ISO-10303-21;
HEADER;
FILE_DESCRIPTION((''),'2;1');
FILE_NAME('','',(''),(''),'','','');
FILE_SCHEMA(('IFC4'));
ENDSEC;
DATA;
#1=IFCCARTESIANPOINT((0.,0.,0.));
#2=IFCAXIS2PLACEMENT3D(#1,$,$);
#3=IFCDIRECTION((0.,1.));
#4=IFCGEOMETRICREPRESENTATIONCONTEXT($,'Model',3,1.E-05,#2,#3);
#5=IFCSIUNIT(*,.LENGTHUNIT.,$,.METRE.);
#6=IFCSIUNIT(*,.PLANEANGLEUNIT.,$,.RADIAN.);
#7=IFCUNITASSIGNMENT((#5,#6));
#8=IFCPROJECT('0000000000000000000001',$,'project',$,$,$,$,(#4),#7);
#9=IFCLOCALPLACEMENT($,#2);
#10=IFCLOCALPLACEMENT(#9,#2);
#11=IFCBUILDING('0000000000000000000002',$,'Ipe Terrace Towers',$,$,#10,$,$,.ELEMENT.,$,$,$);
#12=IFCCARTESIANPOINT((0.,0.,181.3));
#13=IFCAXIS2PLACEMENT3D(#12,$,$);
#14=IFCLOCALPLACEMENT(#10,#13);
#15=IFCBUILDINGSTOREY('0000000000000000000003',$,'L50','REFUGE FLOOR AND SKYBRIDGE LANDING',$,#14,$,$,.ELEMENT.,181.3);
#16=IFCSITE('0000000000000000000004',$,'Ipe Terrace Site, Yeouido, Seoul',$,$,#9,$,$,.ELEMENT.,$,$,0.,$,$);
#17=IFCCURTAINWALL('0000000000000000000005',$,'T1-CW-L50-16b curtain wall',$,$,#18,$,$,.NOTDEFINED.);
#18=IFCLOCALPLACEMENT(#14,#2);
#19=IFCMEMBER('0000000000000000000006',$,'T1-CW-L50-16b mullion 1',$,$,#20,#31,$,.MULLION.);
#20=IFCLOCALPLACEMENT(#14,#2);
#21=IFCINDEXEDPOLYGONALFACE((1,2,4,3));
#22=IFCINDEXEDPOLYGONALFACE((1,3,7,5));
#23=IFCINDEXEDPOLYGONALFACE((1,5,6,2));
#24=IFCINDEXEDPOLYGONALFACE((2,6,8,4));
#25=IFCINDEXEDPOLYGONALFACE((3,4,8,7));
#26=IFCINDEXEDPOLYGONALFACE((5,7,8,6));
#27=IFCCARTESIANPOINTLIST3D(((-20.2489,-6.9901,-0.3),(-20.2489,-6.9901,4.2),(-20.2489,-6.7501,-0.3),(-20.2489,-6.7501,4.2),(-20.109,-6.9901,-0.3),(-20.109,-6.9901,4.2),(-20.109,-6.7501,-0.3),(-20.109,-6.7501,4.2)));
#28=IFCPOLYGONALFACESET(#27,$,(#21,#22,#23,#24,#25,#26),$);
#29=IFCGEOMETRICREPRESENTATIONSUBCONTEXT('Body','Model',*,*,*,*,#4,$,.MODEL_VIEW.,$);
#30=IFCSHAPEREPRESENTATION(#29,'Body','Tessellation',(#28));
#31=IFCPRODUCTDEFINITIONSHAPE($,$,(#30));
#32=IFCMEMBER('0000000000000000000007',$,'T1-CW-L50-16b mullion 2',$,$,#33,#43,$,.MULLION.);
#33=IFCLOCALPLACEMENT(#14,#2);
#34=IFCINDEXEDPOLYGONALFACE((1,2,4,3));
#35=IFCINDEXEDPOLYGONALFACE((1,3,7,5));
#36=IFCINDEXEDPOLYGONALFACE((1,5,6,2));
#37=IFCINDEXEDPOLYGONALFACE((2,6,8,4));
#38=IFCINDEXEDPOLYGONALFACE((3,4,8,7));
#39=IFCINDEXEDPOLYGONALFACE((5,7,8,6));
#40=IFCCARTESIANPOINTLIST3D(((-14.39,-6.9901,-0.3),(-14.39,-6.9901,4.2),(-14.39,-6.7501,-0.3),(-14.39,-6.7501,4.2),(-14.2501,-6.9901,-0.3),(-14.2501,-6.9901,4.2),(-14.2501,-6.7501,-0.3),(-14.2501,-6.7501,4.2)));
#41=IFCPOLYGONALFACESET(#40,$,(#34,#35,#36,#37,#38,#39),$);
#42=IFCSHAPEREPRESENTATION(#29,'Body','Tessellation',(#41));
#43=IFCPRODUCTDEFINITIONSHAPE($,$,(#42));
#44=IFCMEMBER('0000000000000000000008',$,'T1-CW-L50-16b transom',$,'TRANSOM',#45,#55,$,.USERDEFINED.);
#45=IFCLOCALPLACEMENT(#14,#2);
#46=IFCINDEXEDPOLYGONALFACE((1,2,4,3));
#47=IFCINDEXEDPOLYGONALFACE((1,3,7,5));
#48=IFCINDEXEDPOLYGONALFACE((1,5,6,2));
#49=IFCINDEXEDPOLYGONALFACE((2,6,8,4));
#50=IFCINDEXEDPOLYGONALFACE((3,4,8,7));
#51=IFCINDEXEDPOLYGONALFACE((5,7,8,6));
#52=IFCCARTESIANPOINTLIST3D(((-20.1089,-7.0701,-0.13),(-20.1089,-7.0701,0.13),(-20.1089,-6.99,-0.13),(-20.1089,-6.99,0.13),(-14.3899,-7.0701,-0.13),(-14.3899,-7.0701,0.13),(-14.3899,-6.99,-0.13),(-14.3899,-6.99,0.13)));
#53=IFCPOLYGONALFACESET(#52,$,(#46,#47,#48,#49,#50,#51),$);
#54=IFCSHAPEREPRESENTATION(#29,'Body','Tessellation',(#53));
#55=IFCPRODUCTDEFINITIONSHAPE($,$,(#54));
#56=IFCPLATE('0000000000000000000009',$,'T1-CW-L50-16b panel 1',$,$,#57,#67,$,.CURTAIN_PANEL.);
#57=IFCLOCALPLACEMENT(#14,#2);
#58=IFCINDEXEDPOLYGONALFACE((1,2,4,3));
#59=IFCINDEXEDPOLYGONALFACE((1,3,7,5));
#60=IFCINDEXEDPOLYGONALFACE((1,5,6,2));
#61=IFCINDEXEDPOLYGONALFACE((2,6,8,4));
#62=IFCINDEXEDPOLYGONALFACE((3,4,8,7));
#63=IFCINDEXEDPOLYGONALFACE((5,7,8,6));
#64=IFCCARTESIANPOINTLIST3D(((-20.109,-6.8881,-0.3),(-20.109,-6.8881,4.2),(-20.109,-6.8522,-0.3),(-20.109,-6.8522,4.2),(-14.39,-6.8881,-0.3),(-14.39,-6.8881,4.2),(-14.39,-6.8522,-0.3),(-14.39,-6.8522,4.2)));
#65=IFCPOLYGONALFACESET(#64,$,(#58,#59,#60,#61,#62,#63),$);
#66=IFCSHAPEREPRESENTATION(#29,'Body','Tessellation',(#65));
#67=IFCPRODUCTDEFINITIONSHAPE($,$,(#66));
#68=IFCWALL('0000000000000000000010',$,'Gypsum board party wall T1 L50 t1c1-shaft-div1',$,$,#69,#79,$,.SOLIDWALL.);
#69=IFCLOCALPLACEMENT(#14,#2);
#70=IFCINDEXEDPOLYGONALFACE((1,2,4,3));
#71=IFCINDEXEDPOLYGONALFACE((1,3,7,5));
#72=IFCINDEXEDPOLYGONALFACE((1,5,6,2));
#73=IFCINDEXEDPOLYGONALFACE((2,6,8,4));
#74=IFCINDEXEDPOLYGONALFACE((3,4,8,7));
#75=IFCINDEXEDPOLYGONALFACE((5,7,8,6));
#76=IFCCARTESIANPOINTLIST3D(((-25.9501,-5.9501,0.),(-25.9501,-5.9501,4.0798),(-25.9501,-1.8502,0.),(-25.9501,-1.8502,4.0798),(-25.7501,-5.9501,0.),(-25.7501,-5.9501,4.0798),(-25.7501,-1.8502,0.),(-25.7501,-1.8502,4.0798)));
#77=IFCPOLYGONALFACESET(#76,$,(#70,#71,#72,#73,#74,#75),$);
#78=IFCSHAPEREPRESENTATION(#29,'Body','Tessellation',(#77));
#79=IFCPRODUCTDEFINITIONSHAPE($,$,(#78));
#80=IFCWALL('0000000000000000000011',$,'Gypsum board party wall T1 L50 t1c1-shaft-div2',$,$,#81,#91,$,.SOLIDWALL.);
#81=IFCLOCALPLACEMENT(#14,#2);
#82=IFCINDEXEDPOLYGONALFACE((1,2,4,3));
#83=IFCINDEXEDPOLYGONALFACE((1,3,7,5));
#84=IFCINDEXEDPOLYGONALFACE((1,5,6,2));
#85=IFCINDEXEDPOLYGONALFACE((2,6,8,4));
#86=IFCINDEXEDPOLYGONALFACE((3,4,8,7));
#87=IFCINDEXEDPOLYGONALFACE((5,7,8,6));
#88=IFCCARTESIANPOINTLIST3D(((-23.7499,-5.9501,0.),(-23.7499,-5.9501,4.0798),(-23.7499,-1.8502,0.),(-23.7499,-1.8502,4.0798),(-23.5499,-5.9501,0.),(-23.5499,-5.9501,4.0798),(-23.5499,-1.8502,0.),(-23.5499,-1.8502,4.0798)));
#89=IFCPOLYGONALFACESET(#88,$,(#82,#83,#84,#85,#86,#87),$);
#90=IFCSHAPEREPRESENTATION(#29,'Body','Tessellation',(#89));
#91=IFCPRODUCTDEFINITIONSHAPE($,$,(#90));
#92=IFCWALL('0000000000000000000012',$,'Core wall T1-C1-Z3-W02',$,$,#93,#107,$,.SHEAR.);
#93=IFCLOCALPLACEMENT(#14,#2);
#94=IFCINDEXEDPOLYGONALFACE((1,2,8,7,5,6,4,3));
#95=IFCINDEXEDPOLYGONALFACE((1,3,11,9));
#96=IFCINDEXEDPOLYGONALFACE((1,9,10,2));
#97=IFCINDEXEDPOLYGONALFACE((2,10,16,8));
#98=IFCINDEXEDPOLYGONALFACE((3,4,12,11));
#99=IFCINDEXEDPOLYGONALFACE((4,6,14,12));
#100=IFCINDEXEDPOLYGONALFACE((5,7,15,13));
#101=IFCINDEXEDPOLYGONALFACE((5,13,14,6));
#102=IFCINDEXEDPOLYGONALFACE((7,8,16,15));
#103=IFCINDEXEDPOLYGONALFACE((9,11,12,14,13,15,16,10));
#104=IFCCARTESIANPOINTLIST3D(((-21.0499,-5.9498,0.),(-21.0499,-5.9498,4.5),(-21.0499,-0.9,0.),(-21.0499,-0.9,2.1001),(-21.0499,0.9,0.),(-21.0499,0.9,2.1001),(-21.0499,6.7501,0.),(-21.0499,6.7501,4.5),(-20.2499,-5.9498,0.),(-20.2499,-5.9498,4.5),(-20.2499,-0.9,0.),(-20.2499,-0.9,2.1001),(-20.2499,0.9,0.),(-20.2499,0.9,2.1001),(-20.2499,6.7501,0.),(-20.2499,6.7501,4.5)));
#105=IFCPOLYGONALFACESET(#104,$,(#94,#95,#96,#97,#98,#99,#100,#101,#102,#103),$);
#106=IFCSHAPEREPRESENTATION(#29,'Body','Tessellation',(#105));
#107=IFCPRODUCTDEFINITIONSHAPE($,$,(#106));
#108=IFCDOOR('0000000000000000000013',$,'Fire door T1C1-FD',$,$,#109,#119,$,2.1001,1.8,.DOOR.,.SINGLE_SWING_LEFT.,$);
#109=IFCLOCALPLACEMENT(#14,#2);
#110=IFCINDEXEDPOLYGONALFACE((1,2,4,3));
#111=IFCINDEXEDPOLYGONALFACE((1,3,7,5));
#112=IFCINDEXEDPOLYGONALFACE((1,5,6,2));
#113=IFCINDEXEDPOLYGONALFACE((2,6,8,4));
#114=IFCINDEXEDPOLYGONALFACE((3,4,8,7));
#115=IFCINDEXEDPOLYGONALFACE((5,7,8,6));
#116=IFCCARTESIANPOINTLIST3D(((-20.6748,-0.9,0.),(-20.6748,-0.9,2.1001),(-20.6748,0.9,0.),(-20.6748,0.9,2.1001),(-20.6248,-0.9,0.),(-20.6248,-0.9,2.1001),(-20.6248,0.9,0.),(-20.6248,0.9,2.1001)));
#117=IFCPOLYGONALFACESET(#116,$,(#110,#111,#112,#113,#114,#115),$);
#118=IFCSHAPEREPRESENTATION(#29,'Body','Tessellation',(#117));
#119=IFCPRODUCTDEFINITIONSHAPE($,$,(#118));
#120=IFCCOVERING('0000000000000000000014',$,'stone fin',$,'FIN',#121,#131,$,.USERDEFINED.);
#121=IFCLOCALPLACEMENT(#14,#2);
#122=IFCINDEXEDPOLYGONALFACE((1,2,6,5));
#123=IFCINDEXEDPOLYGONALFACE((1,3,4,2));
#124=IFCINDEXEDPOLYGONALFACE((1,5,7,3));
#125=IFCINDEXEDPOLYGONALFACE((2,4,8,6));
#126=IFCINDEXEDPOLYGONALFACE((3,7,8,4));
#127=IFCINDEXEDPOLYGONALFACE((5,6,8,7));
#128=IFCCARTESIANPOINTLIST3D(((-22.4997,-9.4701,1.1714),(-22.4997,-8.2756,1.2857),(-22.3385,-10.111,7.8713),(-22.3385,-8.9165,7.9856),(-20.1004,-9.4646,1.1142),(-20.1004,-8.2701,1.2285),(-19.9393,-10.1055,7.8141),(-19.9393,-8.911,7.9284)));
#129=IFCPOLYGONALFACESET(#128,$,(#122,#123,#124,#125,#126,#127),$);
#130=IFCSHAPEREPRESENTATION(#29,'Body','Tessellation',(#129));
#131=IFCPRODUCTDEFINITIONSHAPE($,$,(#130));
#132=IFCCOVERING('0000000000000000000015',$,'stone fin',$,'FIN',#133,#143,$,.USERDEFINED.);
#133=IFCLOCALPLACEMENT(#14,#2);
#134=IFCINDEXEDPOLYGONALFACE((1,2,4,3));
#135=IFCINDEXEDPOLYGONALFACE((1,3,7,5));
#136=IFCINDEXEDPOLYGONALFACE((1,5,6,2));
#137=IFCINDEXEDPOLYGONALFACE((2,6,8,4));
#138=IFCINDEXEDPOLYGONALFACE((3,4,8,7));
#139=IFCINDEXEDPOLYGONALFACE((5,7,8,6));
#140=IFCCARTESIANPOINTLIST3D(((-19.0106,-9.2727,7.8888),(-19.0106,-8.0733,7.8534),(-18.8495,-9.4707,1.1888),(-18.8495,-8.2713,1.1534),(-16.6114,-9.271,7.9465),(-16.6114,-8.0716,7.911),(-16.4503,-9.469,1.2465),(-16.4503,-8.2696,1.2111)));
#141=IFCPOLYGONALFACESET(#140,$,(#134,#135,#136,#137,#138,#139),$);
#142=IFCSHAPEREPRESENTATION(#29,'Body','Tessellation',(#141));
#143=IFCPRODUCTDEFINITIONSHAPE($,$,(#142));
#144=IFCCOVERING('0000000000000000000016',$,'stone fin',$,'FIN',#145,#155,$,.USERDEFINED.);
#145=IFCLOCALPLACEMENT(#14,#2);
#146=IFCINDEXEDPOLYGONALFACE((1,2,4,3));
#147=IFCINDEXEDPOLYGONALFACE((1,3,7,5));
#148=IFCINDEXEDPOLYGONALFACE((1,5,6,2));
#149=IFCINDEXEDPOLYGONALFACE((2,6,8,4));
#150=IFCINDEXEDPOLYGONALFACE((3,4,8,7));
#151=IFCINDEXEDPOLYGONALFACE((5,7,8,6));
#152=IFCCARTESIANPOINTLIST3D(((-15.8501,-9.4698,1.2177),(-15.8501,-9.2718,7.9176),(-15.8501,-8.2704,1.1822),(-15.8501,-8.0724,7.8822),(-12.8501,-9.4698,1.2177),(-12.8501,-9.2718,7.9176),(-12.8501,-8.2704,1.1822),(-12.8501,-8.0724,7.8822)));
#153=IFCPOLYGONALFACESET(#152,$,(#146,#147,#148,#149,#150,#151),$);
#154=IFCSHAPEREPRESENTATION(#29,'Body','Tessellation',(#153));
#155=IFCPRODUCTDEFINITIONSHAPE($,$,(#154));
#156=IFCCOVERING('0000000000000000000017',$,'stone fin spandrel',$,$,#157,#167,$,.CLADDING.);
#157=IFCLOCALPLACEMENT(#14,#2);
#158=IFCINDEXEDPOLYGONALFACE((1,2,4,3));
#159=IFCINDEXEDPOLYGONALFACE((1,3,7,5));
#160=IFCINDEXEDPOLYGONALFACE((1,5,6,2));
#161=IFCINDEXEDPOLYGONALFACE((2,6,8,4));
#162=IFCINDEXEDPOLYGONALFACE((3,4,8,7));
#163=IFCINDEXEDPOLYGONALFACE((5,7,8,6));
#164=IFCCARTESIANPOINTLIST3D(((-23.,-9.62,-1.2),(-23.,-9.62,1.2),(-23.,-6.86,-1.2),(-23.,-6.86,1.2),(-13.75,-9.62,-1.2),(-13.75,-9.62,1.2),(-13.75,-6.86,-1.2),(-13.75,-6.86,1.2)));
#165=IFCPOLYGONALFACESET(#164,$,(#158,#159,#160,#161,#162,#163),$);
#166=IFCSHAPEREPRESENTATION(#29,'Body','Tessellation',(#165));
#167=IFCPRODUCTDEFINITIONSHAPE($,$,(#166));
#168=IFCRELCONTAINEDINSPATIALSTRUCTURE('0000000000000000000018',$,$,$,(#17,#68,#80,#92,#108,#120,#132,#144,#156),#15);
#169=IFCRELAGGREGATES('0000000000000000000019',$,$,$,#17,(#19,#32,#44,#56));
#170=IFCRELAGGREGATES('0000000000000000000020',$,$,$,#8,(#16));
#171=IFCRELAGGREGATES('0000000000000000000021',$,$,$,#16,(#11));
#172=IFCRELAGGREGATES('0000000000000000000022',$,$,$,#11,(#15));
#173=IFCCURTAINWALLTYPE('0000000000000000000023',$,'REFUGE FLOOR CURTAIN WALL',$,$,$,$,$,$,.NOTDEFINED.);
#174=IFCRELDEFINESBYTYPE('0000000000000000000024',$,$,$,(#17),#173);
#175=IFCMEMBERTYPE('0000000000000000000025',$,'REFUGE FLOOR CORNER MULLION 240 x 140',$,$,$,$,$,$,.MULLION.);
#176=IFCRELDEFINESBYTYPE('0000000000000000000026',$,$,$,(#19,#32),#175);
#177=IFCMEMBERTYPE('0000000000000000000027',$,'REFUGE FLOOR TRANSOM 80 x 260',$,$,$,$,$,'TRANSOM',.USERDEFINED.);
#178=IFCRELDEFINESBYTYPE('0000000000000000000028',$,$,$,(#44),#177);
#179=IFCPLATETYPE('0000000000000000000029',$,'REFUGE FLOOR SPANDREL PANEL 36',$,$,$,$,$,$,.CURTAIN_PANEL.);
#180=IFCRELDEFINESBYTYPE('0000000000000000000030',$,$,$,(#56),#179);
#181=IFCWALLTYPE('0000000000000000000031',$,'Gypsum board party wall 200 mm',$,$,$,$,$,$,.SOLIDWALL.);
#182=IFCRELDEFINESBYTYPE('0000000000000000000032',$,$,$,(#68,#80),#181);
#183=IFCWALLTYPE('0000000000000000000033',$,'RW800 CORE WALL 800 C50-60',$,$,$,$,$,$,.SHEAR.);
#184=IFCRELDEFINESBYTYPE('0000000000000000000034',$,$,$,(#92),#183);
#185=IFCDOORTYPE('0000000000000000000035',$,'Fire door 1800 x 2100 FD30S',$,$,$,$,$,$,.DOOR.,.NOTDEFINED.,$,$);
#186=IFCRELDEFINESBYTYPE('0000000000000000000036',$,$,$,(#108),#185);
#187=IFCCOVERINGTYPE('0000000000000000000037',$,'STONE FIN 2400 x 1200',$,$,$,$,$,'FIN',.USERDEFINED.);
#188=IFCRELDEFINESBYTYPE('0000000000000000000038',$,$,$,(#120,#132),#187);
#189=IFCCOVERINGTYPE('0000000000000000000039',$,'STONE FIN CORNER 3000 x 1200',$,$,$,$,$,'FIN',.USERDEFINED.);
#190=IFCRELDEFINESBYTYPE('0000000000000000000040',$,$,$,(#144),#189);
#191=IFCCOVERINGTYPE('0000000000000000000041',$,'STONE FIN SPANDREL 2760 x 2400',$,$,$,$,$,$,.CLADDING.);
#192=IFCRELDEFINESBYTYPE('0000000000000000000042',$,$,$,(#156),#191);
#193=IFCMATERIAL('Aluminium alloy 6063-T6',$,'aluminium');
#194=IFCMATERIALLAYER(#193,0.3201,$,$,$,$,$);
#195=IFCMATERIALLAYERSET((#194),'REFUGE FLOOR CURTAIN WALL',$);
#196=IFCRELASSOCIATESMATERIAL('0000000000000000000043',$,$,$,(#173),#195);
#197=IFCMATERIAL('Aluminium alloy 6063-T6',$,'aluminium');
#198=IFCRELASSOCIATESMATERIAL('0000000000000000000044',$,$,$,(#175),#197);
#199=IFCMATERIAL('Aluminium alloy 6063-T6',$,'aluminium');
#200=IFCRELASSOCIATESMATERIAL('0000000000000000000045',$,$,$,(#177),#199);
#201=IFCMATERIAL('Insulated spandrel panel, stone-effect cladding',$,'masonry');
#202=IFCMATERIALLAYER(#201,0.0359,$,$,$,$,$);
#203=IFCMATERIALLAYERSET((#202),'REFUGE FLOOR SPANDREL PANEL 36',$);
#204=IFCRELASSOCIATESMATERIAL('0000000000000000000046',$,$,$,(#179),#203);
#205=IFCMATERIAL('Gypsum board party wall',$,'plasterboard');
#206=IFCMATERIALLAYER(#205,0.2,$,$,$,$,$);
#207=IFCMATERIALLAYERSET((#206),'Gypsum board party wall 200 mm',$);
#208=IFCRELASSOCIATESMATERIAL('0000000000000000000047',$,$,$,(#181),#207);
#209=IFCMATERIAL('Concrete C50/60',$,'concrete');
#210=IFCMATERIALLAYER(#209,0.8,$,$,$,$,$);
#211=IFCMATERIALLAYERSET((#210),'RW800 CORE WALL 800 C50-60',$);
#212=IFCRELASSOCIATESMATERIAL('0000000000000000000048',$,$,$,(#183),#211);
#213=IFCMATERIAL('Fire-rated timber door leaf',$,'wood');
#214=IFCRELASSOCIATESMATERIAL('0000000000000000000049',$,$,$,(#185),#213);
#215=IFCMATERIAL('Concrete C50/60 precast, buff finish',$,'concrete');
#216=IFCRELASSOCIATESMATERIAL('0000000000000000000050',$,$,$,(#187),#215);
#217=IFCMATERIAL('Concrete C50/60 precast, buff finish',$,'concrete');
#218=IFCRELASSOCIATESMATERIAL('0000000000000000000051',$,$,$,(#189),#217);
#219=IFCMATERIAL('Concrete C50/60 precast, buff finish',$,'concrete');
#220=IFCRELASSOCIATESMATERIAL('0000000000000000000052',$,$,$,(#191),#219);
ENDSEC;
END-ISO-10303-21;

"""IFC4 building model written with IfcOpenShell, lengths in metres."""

from ifc_helpers import new_model, si_unit, direction, frame, frame_2d, origin, origin_2d, place, context, subcontext, project, spatial, rectangle, extrude, material, layer, layer_set, material_profile, profile_set, type_object, element, fill, aggregate, save


model = new_model("IFC4")

# Units and contexts
model_context = context("Model", 3, precision=1e-05, world=origin(), true_north=direction((0.0, 1.0)))
body_context = subcontext(model_context, "Body", "Model", "MODEL_VIEW")
ifc_project = project(units=[si_unit("LENGTHUNIT", "METRE"), si_unit("PLANEANGLEUNIT", "RADIAN")], contexts=[model_context])

# Site, building, storey
site_placement = place(None, origin())
site = spatial("IfcSite", under=ifc_project, at=site_placement, Name="Ipe Terrace Site, Yeouido, Seoul", CompositionType="ELEMENT", RefElevation=0.0)
building_placement = place(site_placement, origin())
building = spatial("IfcBuilding", under=site, at=building_placement, Name="Ipe Terrace Towers", CompositionType="ELEMENT")
storey_placement = place(building_placement, frame((0.0, 0.0, 181.3)))
storey = spatial("IfcBuildingStorey", under=building, at=storey_placement, Name="L50", Description="REFUGE FLOOR AND SKYBRIDGE LANDING", CompositionType="ELEMENT", Elevation=181.3)

# Curtain wall, members, plate
ifc_material_1 = material(Name="Aluminium alloy 6063-T6", Category="aluminium")
ifc_layer_1 = layer(ifc_material_1, 0.3201)
ifc_layer_set_1 = layer_set([ifc_layer_1], Name="REFUGE FLOOR CURTAIN WALL")
curtain_wall_type = type_object("IfcCurtainWallType", Name="REFUGE FLOOR CURTAIN WALL", PredefinedType="NOTDEFINED", material=ifc_layer_set_1)
curtain_wall_placement = place(storey_placement, origin())
curtain_wall = element("IfcCurtainWall", 1, at=curtain_wall_placement, inside=storey, type_object=curtain_wall_type, Name="T1-CW-L50-16b curtain wall", PredefinedType="NOTDEFINED")
ifc_material_2 = material(Name="Aluminium alloy 6063-T6", Category="aluminium")
ifc_material_profile_1 = material_profile(ifc_material_2, rectangle(XDim=0.24, YDim=0.1399, at=origin_2d()), Name="REFUGE FLOOR CORNER MULLION 240 x 140")
ifc_profile_set_1 = profile_set([ifc_material_profile_1], Name="Aluminium alloy 6063-T6")
member_type_1 = type_object("IfcMemberType", Name="REFUGE FLOOR CORNER MULLION 240 x 140", PredefinedType="MULLION", material=ifc_profile_set_1)
member_1_placement = place(storey_placement, frame((-20.179, -6.8701, -0.3), z_axis=(0.0, 0.0, 1.0), x_axis=(0.0, -1.0, 0.0)))
member_1 = element("IfcMember", 2, at=member_1_placement, type_object=member_type_1, Name="T1-CW-L50-16b mullion 1", PredefinedType="MULLION", context=body_context, shape_type="SweptSolid", body=[
    extrude(rectangle(XDim=0.24, YDim=0.1399, at=origin_2d()), origin(), (0.0, 0.0, 1.0), 4.5),
])
member_2_placement = place(storey_placement, frame((-14.3201, -6.8701, -0.3), z_axis=(0.0, 0.0, 1.0), x_axis=(0.0, -1.0, 0.0)))
member_2 = element("IfcMember", 3, at=member_2_placement, type_object=member_type_1, Name="T1-CW-L50-16b mullion 2", PredefinedType="MULLION", context=body_context, shape_type="SweptSolid", body=[
    extrude(rectangle(XDim=0.24, YDim=0.1399, at=origin_2d()), origin(), (0.0, 0.0, 1.0), 4.5),
])
ifc_material_3 = material(Name="Aluminium alloy 6063-T6", Category="aluminium")
ifc_material_profile_2 = material_profile(ifc_material_3, rectangle(XDim=0.0801, YDim=0.26, at=origin_2d()), Name="REFUGE FLOOR TRANSOM 80 x 260")
ifc_profile_set_2 = profile_set([ifc_material_profile_2], Name="Aluminium alloy 6063-T6")
member_type_2 = type_object("IfcMemberType", Name="REFUGE FLOOR TRANSOM 80 x 260", ElementType="TRANSOM", PredefinedType="USERDEFINED", material=ifc_profile_set_2)
member_3_placement = place(storey_placement, frame((-20.1089, -7.03, 0.0), z_axis=(1.0, 0.0, 0.0), x_axis=(0.0, -1.0, 0.0)))
member_3 = element("IfcMember", 4, at=member_3_placement, type_object=member_type_2, Name="T1-CW-L50-16b transom", ObjectType="TRANSOM", PredefinedType="USERDEFINED", context=body_context, shape_type="SweptSolid", body=[
    extrude(rectangle(XDim=0.0801, YDim=0.26, at=origin_2d()), origin(), (0.0, 0.0, 1.0), 5.719),
])
ifc_material_4 = material(Name="Insulated spandrel panel, stone-effect cladding", Category="masonry")
ifc_layer_2 = layer(ifc_material_4, 0.0359)
ifc_layer_set_2 = layer_set([ifc_layer_2], Name="REFUGE FLOOR SPANDREL PANEL 36")
plate_type = type_object("IfcPlateType", Name="REFUGE FLOOR SPANDREL PANEL 36", PredefinedType="CURTAIN_PANEL", material=ifc_layer_set_2)
plate_placement = place(storey_placement, frame((-17.2495, -6.8701, -0.3), z_axis=(0.0, 0.0, 1.0), x_axis=(1.0, 0.0, 0.0)))
plate = element("IfcPlate", 5, at=plate_placement, type_object=plate_type, Name="T1-CW-L50-16b panel 1", PredefinedType="CURTAIN_PANEL", context=body_context, shape_type="SweptSolid", body=[
    extrude(rectangle(XDim=5.719, YDim=0.0359, at=origin_2d()), origin(), (0.0, 0.0, 1.0), 4.5),
])
aggregate(curtain_wall, [member_1, member_2, member_3, plate])

# Walls
ifc_material_5 = material(Name="Gypsum board party wall", Category="plasterboard")
ifc_layer_3 = layer(ifc_material_5, 0.2)
ifc_layer_set_3 = layer_set([ifc_layer_3], Name="Gypsum board party wall 200 mm")
wall_type_1 = type_object("IfcWallType", Name="Gypsum board party wall 200 mm", PredefinedType="SOLIDWALL", material=ifc_layer_set_3)
for number, where, z_axis, x_axis, name in (
    (6, (-25.8501, -5.95, 0.0), (0.0, 0.0, 1.0), (0.0, 1.0, 0.0), "Gypsum board party wall T1 L50 t1c1-shaft-div1"),
    (7, (-23.6499, -5.95, 0.0), (0.0, 0.0, 1.0), (0.0, 1.0, 0.0), "Gypsum board party wall T1 L50 t1c1-shaft-div2"),
):
    element("IfcWall", number, at=place(storey_placement, frame(where, z_axis=z_axis, x_axis=x_axis)), inside=storey, type_object=wall_type_1, Name=name, PredefinedType="SOLIDWALL", context=body_context, shape_type="SweptSolid", body=[
        extrude(rectangle(XDim=4.0999, YDim=0.2, at=frame_2d((2.0498, 0.0))), origin(), (0.0, 0.0, 1.0), 4.0798),
    ])

# Wall, opening, door
ifc_material_6 = material(Name="Concrete C50/60", Category="concrete")
ifc_layer_4 = layer(ifc_material_6, 0.8)
ifc_layer_set_4 = layer_set([ifc_layer_4], Name="RW800 CORE WALL 800 C50-60")
wall_type_2 = type_object("IfcWallType", Name="RW800 CORE WALL 800 C50-60", PredefinedType="SHEAR", material=ifc_layer_set_4)
wall_placement = place(storey_placement, frame((-20.6499, -5.95, 0.0), z_axis=(0.0, 0.0, 1.0), x_axis=(0.0, 1.0, 0.0)))
wall = element("IfcWall", 8, at=wall_placement, inside=storey, type_object=wall_type_2, Name="Core wall T1-C1-Z3-W02", PredefinedType="SHEAR", context=body_context, shape_type="SweptSolid", body=[
    extrude(rectangle(XDim=12.7, YDim=0.8, at=frame_2d((6.3501, 0.0))), origin(), (0.0, 0.0, 1.0), 4.5),
])
opening_placement = place(wall_placement, frame((5.05, 0.0, 0.0)))
opening = element("IfcOpeningElement", 9, at=opening_placement, cuts=wall, PredefinedType="OPENING", context=body_context, shape_type="SweptSolid", body=[
    extrude(rectangle(XDim=1.8, YDim=2.1001, at=frame_2d((0.8999, 1.05))), frame((0.0, 0.4102, 0.0), z_axis=(0.0, -1.0, 0.0), x_axis=(1.0, 0.0, 0.0)), (0.0, 0.0, 1.0), 0.8201),
])
ifc_material_7 = material(Name="Fire-rated timber door leaf", Category="wood")
door_type = type_object("IfcDoorType", Name="Fire door 1800 x 2100 FD30S", OperationType="NOTDEFINED", PredefinedType="DOOR", material=ifc_material_7)
door_placement = place(opening_placement, origin())
door = element("IfcDoor", 10, at=door_placement, inside=storey, type_object=door_type, Name="Fire door T1C1-FD", OperationType="SINGLE_SWING_LEFT", OverallHeight=2.1001, OverallWidth=1.8, PredefinedType="DOOR", context=body_context, shape_type="SweptSolid", body=[
    extrude(rectangle(XDim=1.8, YDim=2.1001, at=frame_2d((0.8999, 1.05))), frame((0.0, 0.0249, 0.0), z_axis=(0.0, -1.0, 0.0), x_axis=(1.0, 0.0, 0.0)), (0.0, 0.0, 1.0), 0.05),
])
fill(opening, door)

# Coverings
ifc_material_8 = material(Name="Concrete C50/60 precast, buff finish", Category="concrete")
ifc_material_profile_3 = material_profile(ifc_material_8, rectangle(XDim=2.3999, YDim=1.2, at=origin_2d()), Name="STONE FIN 2400 x 1200")
ifc_profile_set_3 = profile_set([ifc_material_profile_3], Name="Concrete C50/60 precast, buff finish")
covering_type_1 = type_object("IfcCoveringType", Name="STONE FIN 2400 x 1200", ElementType="FIN", PredefinedType="USERDEFINED", material=ifc_profile_set_3)
covering_1_placement = place(storey_placement, frame((-21.3, -8.8701, 1.2), z_axis=(0.023934, -0.095191, 0.995171), x_axis=(0.999714, 0.002279, -0.023825)))
element("IfcCovering", 11, at=covering_1_placement, inside=storey, type_object=covering_type_1, Name="stone fin", ObjectType="FIN", PredefinedType="USERDEFINED", context=body_context, shape_type="SweptSolid", body=[
    extrude(rectangle(XDim=2.3999, YDim=1.2, at=origin_2d()), origin(), (0.0, 0.0, 1.0), 6.7324),
])
covering_2_placement = place(storey_placement, frame((-17.6499, -8.8701, 1.2), z_axis=(-0.024032, 0.029531, 0.999275), x_axis=(0.999711, 0.00071, 0.024022)))
element("IfcCovering", 12, at=covering_2_placement, inside=storey, type_object=covering_type_1, Name="stone fin", ObjectType="FIN", PredefinedType="USERDEFINED", context=body_context, shape_type="SweptSolid", body=[
    extrude(rectangle(XDim=2.3999, YDim=1.2, at=origin_2d()), origin(), (0.0, 0.0, 1.0), 6.7048),
])
ifc_material_9 = material(Name="Concrete C50/60 precast, buff finish", Category="concrete")
ifc_material_profile_4 = material_profile(ifc_material_9, rectangle(XDim=3.0, YDim=1.2, at=origin_2d()), Name="STONE FIN CORNER 3000 x 1200")
ifc_profile_set_4 = profile_set([ifc_material_profile_4], Name="Concrete C50/60 precast, buff finish")
covering_type_2 = type_object("IfcCoveringType", Name="STONE FIN CORNER 3000 x 1200", ElementType="FIN", PredefinedType="USERDEFINED", material=ifc_profile_set_4)
covering_3_placement = place(storey_placement, frame((-14.3501, -8.8701, 1.2), z_axis=(0.0, 0.029539, 0.999564), x_axis=(1.0, 0.0, 0.0)))
element("IfcCovering", 13, at=covering_3_placement, inside=storey, type_object=covering_type_2, Name="stone fin", ObjectType="FIN", PredefinedType="USERDEFINED", context=body_context, shape_type="SweptSolid", body=[
    extrude(rectangle(XDim=3.0, YDim=1.2, at=origin_2d()), origin(), (0.0, 0.0, 1.0), 6.7029),
])
ifc_material_10 = material(Name="Concrete C50/60 precast, buff finish", Category="concrete")
ifc_material_profile_5 = material_profile(ifc_material_10, rectangle(XDim=2.76, YDim=2.3999, at=origin_2d()), Name="STONE FIN SPANDREL 2760 x 2400")
ifc_profile_set_5 = profile_set([ifc_material_profile_5], Name="Concrete C50/60 precast, buff finish")
covering_type_3 = type_object("IfcCoveringType", Name="STONE FIN SPANDREL 2760 x 2400", PredefinedType="CLADDING", material=ifc_profile_set_5)
covering_4_placement = place(storey_placement, frame((-23.0, -8.24, 0.0), z_axis=(1.0, 0.0, 0.0), x_axis=(0.0, -1.0, 0.0)))
element("IfcCovering", 14, at=covering_4_placement, inside=storey, type_object=covering_type_3, Name="stone fin spandrel", PredefinedType="CLADDING", context=body_context, shape_type="SweptSolid", body=[
    extrude(rectangle(XDim=2.76, YDim=2.3999, at=origin_2d()), origin(), (0.0, 0.0, 1.0), 9.25),
])

save(model, "model.ifc")
